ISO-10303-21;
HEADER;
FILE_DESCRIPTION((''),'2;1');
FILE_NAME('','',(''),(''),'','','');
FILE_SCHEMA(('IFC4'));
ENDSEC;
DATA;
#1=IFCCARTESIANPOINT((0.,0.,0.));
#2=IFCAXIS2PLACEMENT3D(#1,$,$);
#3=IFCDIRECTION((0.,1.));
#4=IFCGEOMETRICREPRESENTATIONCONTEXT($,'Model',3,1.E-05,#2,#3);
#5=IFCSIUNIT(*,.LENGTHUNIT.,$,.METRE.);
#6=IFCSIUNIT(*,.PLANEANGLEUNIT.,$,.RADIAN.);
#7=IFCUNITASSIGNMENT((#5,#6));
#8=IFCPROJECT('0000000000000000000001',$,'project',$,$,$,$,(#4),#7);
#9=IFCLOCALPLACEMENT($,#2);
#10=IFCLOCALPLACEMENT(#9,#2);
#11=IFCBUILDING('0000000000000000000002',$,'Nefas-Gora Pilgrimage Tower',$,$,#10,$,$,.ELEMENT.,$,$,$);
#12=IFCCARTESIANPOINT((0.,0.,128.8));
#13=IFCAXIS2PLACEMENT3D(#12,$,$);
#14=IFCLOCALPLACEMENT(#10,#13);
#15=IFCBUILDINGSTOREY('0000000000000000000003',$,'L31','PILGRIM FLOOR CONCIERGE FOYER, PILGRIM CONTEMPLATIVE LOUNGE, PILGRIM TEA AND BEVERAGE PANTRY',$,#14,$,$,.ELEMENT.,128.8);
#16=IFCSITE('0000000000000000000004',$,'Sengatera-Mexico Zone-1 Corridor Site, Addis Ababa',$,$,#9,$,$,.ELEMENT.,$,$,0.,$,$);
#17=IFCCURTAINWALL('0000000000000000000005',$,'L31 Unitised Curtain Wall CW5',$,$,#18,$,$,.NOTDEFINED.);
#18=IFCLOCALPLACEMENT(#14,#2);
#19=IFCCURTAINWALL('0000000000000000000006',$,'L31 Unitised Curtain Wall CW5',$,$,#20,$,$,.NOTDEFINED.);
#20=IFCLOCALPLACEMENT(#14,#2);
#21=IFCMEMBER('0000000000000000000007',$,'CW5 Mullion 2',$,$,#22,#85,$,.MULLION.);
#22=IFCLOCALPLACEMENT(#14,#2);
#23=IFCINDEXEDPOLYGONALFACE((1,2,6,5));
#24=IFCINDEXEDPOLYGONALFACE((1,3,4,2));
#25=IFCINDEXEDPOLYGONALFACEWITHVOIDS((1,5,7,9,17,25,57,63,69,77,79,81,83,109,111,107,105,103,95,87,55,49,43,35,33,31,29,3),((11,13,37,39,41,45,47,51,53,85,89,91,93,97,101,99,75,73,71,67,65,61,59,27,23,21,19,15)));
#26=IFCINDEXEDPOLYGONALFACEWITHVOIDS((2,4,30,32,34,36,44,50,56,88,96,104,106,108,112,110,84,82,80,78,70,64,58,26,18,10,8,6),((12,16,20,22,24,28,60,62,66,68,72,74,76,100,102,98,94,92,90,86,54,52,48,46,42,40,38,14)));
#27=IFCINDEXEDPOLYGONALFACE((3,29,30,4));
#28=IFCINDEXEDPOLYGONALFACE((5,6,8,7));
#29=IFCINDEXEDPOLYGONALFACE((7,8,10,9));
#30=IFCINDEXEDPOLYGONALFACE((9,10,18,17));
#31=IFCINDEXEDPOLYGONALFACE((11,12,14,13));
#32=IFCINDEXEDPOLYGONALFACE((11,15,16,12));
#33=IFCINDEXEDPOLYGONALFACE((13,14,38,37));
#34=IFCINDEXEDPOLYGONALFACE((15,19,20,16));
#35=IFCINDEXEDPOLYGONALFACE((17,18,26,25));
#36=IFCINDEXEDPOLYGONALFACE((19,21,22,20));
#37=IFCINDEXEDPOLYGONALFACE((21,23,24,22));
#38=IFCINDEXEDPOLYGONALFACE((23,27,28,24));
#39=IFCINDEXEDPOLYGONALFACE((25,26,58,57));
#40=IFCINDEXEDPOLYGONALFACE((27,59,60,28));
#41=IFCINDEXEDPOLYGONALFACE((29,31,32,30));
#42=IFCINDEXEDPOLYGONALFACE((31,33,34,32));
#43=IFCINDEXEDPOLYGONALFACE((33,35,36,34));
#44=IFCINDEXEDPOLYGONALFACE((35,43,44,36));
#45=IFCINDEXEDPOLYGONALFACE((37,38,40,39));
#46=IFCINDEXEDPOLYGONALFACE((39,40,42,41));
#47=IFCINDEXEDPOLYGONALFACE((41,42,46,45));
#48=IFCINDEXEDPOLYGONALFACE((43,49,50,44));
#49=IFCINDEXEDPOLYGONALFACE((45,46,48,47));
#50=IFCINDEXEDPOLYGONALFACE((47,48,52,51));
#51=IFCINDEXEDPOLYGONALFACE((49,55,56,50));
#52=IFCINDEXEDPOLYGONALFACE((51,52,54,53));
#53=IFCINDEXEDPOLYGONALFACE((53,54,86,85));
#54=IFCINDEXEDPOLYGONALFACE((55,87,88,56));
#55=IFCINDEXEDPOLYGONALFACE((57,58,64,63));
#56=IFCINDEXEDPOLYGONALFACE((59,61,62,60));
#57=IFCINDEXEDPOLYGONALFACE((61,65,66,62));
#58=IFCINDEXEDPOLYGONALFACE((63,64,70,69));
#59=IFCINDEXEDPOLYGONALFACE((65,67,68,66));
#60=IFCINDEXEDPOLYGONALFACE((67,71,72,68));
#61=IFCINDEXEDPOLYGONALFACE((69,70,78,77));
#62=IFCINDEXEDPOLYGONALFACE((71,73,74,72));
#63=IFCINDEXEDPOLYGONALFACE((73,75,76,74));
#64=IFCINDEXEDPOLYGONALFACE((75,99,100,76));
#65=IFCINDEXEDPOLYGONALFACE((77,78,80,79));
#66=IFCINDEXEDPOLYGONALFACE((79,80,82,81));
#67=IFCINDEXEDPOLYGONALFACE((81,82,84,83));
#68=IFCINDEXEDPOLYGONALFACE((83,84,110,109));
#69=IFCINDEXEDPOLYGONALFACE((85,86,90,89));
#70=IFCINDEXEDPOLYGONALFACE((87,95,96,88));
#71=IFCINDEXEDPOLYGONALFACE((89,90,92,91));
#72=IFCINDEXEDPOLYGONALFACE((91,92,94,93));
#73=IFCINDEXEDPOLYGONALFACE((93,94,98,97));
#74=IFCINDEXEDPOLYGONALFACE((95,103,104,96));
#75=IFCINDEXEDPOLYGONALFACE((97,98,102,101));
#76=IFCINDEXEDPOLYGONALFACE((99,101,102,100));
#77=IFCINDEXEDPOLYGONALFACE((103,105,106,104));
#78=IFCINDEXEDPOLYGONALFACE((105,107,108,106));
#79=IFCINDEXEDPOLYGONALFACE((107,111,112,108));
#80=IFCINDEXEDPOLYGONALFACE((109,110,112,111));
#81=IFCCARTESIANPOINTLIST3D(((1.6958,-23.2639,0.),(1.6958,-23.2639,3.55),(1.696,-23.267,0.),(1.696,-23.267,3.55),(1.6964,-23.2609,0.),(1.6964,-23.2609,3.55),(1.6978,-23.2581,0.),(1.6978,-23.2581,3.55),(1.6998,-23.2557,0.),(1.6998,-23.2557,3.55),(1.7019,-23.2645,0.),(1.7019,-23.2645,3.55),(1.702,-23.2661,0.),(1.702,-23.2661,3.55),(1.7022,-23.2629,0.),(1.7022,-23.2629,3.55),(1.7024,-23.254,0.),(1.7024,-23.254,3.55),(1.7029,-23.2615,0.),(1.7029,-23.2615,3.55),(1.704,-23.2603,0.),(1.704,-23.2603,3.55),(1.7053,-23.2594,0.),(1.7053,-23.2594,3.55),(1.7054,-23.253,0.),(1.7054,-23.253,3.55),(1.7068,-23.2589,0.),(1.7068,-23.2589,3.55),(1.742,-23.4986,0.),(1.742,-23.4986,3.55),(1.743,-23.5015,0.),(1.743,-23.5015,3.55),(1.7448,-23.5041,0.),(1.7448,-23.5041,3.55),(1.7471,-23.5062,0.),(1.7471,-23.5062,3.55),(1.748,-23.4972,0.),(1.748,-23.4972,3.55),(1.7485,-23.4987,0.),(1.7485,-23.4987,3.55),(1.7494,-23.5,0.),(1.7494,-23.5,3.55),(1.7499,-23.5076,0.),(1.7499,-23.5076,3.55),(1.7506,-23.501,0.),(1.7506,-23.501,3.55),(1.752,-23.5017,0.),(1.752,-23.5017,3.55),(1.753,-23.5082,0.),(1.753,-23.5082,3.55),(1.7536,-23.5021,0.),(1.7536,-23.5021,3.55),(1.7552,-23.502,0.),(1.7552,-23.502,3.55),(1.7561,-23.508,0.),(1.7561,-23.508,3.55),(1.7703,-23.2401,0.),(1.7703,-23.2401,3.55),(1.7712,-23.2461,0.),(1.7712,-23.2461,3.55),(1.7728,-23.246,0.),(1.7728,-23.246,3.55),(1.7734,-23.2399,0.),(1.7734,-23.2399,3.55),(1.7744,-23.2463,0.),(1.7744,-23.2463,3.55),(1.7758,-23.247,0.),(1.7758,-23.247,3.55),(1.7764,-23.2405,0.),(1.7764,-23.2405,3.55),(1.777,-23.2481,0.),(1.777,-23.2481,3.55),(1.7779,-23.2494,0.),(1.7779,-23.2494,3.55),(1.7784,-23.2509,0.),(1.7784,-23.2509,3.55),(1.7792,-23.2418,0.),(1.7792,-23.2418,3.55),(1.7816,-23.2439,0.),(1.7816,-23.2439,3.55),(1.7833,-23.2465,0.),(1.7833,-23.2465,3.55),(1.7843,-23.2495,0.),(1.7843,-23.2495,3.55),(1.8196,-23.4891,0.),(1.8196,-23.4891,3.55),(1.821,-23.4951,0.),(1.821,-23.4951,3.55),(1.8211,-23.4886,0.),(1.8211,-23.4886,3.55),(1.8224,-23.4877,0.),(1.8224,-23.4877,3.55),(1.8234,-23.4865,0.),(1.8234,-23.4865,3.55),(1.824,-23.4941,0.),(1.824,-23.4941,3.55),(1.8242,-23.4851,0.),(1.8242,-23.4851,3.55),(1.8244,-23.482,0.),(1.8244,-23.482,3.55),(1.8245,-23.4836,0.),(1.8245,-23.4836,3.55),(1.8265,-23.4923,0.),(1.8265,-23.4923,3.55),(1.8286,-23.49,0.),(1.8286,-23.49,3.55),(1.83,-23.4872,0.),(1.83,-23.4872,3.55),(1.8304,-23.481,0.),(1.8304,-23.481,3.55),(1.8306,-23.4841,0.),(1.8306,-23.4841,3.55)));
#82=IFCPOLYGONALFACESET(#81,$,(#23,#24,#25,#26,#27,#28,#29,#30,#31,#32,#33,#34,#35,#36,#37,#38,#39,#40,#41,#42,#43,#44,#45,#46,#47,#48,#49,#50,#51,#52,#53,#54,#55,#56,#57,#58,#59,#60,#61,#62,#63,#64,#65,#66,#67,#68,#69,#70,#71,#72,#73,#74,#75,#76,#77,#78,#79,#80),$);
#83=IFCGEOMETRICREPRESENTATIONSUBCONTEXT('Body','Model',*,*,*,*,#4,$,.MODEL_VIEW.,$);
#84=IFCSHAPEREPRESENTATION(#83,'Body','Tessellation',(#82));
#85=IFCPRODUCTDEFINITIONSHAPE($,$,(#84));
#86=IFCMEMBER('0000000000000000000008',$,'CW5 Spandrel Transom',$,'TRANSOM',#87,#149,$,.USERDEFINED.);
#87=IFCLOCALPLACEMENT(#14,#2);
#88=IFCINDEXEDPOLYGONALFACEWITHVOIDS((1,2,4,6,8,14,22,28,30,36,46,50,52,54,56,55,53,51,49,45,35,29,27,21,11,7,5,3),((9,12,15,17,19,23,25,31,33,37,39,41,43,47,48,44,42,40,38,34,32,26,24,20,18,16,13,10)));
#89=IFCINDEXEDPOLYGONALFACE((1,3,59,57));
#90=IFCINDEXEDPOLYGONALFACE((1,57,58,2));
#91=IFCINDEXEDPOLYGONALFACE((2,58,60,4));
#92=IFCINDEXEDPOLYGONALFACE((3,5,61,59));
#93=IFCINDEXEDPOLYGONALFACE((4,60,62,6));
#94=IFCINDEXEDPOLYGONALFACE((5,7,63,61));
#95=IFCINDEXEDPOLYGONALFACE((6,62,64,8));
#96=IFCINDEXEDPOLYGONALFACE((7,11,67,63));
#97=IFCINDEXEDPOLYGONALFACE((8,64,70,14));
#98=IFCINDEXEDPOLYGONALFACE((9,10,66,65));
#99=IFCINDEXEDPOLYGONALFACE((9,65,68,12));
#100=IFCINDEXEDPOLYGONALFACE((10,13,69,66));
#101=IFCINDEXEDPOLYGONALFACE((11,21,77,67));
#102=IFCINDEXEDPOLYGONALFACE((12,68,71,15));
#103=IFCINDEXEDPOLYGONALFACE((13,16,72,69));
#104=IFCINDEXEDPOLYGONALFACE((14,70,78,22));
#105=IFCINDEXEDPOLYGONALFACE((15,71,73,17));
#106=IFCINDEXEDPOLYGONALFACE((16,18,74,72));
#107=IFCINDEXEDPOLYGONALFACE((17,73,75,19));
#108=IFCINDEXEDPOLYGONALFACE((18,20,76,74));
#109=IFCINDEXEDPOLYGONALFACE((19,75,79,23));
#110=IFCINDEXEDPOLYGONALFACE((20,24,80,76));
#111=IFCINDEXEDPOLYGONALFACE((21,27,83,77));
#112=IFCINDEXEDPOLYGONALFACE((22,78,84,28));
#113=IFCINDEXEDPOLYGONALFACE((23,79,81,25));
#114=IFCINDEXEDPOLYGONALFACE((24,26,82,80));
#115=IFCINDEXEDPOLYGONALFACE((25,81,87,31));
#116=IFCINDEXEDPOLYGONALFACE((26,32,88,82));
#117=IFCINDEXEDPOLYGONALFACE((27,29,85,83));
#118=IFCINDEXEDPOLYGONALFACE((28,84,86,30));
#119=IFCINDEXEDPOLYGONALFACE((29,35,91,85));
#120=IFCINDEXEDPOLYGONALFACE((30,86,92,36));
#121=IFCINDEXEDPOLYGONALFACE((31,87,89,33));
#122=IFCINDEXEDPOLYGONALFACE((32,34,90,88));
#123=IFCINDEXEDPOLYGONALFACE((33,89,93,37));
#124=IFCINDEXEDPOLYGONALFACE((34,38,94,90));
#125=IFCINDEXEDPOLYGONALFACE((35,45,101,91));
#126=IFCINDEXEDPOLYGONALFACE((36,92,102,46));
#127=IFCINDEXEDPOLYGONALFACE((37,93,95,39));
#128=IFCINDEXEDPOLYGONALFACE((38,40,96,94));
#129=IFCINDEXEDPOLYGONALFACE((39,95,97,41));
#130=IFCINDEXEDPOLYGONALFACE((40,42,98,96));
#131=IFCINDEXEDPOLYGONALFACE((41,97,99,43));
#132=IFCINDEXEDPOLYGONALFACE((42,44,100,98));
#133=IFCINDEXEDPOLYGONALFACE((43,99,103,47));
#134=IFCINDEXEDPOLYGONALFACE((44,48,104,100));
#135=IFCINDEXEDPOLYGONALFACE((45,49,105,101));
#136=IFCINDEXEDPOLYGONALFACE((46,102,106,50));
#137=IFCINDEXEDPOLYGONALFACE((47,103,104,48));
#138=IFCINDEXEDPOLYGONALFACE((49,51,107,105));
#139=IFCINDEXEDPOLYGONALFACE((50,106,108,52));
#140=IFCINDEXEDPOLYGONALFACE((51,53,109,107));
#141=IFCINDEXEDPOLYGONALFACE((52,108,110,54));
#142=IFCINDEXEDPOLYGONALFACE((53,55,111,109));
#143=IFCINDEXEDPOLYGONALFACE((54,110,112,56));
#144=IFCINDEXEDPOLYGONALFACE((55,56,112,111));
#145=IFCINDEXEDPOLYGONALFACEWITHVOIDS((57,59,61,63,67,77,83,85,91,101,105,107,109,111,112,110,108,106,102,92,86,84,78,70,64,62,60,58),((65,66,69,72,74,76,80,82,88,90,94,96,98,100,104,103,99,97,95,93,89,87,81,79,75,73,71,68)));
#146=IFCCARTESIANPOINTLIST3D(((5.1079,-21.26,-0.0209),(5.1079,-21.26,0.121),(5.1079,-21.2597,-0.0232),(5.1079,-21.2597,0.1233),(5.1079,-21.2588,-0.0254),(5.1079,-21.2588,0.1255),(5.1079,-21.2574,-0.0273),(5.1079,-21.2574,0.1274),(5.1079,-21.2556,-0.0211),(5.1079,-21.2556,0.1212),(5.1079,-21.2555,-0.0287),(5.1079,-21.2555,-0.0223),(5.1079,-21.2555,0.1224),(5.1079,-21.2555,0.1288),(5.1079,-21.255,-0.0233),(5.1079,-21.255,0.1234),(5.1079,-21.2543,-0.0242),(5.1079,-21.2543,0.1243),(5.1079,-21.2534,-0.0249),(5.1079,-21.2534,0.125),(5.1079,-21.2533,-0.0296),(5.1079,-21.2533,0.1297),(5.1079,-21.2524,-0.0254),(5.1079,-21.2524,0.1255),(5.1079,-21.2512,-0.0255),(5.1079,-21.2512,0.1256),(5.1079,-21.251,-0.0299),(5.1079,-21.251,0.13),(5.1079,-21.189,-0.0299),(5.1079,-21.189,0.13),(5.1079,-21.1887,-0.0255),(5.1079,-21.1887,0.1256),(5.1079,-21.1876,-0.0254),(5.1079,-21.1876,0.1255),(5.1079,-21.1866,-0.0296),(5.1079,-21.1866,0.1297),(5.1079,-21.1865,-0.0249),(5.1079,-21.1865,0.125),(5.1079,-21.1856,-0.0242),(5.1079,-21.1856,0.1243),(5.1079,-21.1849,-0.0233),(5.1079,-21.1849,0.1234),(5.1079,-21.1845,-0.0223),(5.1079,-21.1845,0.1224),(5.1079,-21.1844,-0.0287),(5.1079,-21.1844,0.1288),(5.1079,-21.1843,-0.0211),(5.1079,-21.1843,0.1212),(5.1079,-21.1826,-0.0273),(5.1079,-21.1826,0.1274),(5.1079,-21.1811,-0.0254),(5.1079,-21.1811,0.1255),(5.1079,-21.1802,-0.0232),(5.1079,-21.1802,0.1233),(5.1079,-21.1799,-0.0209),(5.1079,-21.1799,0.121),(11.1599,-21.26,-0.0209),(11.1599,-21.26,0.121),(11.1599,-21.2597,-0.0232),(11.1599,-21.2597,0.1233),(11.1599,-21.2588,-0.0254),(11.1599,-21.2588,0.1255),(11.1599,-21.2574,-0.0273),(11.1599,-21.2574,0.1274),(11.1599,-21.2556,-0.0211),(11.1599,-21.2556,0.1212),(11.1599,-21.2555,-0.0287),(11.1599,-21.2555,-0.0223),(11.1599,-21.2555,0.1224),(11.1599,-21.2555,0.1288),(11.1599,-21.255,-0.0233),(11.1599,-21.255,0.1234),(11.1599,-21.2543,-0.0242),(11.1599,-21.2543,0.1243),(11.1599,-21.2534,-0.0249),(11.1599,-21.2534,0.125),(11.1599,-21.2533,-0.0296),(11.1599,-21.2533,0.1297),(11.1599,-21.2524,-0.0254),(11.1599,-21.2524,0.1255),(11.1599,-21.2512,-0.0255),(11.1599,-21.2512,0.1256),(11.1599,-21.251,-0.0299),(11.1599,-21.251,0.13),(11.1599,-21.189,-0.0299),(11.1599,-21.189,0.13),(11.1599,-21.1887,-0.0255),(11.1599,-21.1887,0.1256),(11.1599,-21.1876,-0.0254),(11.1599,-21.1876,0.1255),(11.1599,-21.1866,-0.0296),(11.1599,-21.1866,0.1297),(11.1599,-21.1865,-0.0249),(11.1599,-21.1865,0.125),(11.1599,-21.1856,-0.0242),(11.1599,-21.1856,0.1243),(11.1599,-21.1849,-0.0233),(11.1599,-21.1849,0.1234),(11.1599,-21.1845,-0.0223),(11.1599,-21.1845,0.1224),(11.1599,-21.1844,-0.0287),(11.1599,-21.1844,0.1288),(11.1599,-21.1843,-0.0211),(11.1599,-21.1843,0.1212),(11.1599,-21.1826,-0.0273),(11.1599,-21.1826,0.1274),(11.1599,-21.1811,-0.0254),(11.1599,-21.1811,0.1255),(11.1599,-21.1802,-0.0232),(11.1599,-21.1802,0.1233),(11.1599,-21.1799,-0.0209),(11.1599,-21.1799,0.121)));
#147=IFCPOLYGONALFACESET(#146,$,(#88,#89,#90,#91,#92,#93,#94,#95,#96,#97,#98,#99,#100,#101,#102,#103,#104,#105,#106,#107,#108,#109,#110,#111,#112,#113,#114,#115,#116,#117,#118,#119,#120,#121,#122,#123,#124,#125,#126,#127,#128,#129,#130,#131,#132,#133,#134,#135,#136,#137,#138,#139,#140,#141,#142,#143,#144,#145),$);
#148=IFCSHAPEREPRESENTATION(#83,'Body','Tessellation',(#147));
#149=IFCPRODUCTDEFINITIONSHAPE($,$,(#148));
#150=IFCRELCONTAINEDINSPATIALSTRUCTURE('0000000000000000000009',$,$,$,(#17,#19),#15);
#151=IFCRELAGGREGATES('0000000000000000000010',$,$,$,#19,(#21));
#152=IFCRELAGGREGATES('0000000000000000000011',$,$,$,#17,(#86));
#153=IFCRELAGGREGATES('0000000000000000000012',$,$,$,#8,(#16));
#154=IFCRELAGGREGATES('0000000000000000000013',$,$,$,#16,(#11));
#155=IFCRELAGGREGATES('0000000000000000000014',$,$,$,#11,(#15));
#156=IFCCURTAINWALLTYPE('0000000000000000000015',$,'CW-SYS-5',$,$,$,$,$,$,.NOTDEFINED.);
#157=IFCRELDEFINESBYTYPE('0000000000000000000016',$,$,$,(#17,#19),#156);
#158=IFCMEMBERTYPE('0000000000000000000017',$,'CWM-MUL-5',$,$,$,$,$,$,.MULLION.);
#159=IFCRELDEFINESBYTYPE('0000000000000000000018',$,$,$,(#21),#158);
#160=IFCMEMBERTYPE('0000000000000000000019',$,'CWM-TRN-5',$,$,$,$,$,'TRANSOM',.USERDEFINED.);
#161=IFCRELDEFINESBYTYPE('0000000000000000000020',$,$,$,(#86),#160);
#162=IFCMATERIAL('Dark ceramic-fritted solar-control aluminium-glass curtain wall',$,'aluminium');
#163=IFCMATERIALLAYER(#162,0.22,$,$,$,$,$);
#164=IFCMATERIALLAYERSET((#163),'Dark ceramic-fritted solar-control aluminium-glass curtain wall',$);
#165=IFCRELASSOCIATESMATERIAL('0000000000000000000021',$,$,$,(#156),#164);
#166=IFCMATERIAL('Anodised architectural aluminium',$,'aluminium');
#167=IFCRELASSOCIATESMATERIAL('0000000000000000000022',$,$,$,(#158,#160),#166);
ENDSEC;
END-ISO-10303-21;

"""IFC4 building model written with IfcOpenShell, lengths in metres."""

from ifc_helpers import new_model, si_unit, direction, frame, origin, origin_2d, place, context, subcontext, project, spatial, hollow_rectangle, extrude, source, transform, mapped, material, layer, layer_set, material_profile, profile_set, type_object, element, aggregate, save


model = new_model("IFC4")

# Units and contexts
model_context = context("Model", 3, precision=1e-05, world=origin(), true_north=direction((0.0, 1.0)))
body_context = subcontext(model_context, "Body", "Model", "MODEL_VIEW")
ifc_project = project(units=[si_unit("LENGTHUNIT", "METRE"), si_unit("PLANEANGLEUNIT", "RADIAN")], contexts=[model_context])

# Site, building, storey
site_placement = place(None, origin())
site = spatial("IfcSite", under=ifc_project, at=site_placement, Name="Sengatera-Mexico Zone-1 Corridor Site, Addis Ababa", CompositionType="ELEMENT", RefElevation=0.0)
building_placement = place(site_placement, origin())
building = spatial("IfcBuilding", under=site, at=building_placement, Name="Nefas-Gora Pilgrimage Tower", CompositionType="ELEMENT")
storey_placement = place(building_placement, frame((0.0, 0.0, 128.8)))
storey = spatial("IfcBuildingStorey", under=building, at=storey_placement, Name="L31", Description="PILGRIM FLOOR CONCIERGE FOYER, PILGRIM CONTEMPLATIVE LOUNGE, PILGRIM TEA AND BEVERAGE PANTRY", CompositionType="ELEMENT", Elevation=128.8)

# Curtain wall
ifc_material_1 = material(Name="Dark ceramic-fritted solar-control aluminium-glass curtain wall", Category="aluminium")
ifc_layer_1 = layer(ifc_material_1, 0.22)
ifc_layer_set_1 = layer_set([ifc_layer_1], Name="Dark ceramic-fritted solar-control aluminium-glass curtain wall")
curtain_wall_type_1 = type_object("IfcCurtainWallType", Name="CW-SYS-5", PredefinedType="NOTDEFINED", material=ifc_layer_set_1)
curtain_wall_1_placement = place(storey_placement, origin())
curtain_wall_1 = element("IfcCurtainWall", 1, at=curtain_wall_1_placement, inside=storey, type_object=curtain_wall_type_1, Name="L31 Unitised Curtain Wall CW5", PredefinedType="NOTDEFINED")
ifc_material_2 = material(Name="Anodised architectural aluminium", Category="aluminium")
ifc_material_profile_1 = material_profile(ifc_material_2, hollow_rectangle(XDim=0.0901, YDim=0.26, WallThickness=0.0061, InnerFilletRadius=0.0061, OuterFilletRadius=0.012, at=origin_2d()), Name="ALU MULLION 90x260")
ifc_profile_set_1 = profile_set([ifc_material_profile_1], Name="Anodised architectural aluminium")
member_type_1 = type_object("IfcMemberType", Name="CWM-MUL-5", PredefinedType="MULLION", material=ifc_profile_set_1)
shared_shape_1 = source(origin(), body_context, "Body", "SweptSolid", [
    extrude(hollow_rectangle(XDim=0.0901, YDim=0.26, WallThickness=0.0061, InnerFilletRadius=0.0061, OuterFilletRadius=0.012, at=origin_2d()), origin(), (0.0, 0.0, 1.0), 3.55),
])

# Curtain wall, member
curtain_wall_2_placement = place(storey_placement, origin())
curtain_wall_2 = element("IfcCurtainWall", 2, at=curtain_wall_2_placement, inside=storey, type_object=curtain_wall_type_1, Name="L31 Unitised Curtain Wall CW5", PredefinedType="NOTDEFINED")
member_1_placement = place(storey_placement, frame((1.7632, -23.374, 0.0), z_axis=(0.0, 0.0, 1.0), x_axis=(0.980783, 0.195102, 0.0)))
member_1 = element("IfcMember", 3, at=member_1_placement, type_object=member_type_1, Name="CW5 Mullion 2", PredefinedType="MULLION", context=body_context, shape_type="MappedRepresentation", body=[
    mapped(shared_shape_1, transform((0.0, 0.0, 0.0), x_axis=(1.0, 0.0, 0.0), y_axis=(0.0, 1.0, 0.0), z_axis=(0.0, 0.0, 1.0), scale=1.0)),
])
aggregate(curtain_wall_2, [member_1])

# Member
ifc_material_profile_2 = material_profile(ifc_material_2, hollow_rectangle(XDim=0.0801, YDim=0.1599, WallThickness=0.0044, InnerFilletRadius=0.0044, OuterFilletRadius=0.009, at=origin_2d()), Name="ALU TRANSOM 80x160")
ifc_profile_set_2 = profile_set([ifc_material_profile_2], Name="Anodised architectural aluminium")
member_type_2 = type_object("IfcMemberType", Name="CWM-TRN-5", ElementType="TRANSOM", PredefinedType="USERDEFINED", material=ifc_profile_set_2)
shared_shape_2 = source(origin(), body_context, "Body", "SweptSolid", [
    extrude(hollow_rectangle(XDim=0.0801, YDim=0.1599, WallThickness=0.0044, InnerFilletRadius=0.0044, OuterFilletRadius=0.009, at=origin_2d()), origin(), (0.0, 0.0, 1.0), 6.052),
])
member_2_placement = place(storey_placement, frame((5.1079, -21.22, 0.05), z_axis=(1.0, 0.0, 0.0), x_axis=(0.0, 1.0, 0.0)))
member_2 = element("IfcMember", 4, at=member_2_placement, type_object=member_type_2, Name="CW5 Spandrel Transom", ObjectType="TRANSOM", PredefinedType="USERDEFINED", context=body_context, shape_type="MappedRepresentation", body=[
    mapped(shared_shape_2, transform((0.0, 0.0, 0.0), x_axis=(1.0, 0.0, 0.0), y_axis=(0.0, 1.0, 0.0), z_axis=(0.0, 0.0, 1.0), scale=1.0)),
])

aggregate(curtain_wall_1, [member_2])

save(model, "model.ifc")
